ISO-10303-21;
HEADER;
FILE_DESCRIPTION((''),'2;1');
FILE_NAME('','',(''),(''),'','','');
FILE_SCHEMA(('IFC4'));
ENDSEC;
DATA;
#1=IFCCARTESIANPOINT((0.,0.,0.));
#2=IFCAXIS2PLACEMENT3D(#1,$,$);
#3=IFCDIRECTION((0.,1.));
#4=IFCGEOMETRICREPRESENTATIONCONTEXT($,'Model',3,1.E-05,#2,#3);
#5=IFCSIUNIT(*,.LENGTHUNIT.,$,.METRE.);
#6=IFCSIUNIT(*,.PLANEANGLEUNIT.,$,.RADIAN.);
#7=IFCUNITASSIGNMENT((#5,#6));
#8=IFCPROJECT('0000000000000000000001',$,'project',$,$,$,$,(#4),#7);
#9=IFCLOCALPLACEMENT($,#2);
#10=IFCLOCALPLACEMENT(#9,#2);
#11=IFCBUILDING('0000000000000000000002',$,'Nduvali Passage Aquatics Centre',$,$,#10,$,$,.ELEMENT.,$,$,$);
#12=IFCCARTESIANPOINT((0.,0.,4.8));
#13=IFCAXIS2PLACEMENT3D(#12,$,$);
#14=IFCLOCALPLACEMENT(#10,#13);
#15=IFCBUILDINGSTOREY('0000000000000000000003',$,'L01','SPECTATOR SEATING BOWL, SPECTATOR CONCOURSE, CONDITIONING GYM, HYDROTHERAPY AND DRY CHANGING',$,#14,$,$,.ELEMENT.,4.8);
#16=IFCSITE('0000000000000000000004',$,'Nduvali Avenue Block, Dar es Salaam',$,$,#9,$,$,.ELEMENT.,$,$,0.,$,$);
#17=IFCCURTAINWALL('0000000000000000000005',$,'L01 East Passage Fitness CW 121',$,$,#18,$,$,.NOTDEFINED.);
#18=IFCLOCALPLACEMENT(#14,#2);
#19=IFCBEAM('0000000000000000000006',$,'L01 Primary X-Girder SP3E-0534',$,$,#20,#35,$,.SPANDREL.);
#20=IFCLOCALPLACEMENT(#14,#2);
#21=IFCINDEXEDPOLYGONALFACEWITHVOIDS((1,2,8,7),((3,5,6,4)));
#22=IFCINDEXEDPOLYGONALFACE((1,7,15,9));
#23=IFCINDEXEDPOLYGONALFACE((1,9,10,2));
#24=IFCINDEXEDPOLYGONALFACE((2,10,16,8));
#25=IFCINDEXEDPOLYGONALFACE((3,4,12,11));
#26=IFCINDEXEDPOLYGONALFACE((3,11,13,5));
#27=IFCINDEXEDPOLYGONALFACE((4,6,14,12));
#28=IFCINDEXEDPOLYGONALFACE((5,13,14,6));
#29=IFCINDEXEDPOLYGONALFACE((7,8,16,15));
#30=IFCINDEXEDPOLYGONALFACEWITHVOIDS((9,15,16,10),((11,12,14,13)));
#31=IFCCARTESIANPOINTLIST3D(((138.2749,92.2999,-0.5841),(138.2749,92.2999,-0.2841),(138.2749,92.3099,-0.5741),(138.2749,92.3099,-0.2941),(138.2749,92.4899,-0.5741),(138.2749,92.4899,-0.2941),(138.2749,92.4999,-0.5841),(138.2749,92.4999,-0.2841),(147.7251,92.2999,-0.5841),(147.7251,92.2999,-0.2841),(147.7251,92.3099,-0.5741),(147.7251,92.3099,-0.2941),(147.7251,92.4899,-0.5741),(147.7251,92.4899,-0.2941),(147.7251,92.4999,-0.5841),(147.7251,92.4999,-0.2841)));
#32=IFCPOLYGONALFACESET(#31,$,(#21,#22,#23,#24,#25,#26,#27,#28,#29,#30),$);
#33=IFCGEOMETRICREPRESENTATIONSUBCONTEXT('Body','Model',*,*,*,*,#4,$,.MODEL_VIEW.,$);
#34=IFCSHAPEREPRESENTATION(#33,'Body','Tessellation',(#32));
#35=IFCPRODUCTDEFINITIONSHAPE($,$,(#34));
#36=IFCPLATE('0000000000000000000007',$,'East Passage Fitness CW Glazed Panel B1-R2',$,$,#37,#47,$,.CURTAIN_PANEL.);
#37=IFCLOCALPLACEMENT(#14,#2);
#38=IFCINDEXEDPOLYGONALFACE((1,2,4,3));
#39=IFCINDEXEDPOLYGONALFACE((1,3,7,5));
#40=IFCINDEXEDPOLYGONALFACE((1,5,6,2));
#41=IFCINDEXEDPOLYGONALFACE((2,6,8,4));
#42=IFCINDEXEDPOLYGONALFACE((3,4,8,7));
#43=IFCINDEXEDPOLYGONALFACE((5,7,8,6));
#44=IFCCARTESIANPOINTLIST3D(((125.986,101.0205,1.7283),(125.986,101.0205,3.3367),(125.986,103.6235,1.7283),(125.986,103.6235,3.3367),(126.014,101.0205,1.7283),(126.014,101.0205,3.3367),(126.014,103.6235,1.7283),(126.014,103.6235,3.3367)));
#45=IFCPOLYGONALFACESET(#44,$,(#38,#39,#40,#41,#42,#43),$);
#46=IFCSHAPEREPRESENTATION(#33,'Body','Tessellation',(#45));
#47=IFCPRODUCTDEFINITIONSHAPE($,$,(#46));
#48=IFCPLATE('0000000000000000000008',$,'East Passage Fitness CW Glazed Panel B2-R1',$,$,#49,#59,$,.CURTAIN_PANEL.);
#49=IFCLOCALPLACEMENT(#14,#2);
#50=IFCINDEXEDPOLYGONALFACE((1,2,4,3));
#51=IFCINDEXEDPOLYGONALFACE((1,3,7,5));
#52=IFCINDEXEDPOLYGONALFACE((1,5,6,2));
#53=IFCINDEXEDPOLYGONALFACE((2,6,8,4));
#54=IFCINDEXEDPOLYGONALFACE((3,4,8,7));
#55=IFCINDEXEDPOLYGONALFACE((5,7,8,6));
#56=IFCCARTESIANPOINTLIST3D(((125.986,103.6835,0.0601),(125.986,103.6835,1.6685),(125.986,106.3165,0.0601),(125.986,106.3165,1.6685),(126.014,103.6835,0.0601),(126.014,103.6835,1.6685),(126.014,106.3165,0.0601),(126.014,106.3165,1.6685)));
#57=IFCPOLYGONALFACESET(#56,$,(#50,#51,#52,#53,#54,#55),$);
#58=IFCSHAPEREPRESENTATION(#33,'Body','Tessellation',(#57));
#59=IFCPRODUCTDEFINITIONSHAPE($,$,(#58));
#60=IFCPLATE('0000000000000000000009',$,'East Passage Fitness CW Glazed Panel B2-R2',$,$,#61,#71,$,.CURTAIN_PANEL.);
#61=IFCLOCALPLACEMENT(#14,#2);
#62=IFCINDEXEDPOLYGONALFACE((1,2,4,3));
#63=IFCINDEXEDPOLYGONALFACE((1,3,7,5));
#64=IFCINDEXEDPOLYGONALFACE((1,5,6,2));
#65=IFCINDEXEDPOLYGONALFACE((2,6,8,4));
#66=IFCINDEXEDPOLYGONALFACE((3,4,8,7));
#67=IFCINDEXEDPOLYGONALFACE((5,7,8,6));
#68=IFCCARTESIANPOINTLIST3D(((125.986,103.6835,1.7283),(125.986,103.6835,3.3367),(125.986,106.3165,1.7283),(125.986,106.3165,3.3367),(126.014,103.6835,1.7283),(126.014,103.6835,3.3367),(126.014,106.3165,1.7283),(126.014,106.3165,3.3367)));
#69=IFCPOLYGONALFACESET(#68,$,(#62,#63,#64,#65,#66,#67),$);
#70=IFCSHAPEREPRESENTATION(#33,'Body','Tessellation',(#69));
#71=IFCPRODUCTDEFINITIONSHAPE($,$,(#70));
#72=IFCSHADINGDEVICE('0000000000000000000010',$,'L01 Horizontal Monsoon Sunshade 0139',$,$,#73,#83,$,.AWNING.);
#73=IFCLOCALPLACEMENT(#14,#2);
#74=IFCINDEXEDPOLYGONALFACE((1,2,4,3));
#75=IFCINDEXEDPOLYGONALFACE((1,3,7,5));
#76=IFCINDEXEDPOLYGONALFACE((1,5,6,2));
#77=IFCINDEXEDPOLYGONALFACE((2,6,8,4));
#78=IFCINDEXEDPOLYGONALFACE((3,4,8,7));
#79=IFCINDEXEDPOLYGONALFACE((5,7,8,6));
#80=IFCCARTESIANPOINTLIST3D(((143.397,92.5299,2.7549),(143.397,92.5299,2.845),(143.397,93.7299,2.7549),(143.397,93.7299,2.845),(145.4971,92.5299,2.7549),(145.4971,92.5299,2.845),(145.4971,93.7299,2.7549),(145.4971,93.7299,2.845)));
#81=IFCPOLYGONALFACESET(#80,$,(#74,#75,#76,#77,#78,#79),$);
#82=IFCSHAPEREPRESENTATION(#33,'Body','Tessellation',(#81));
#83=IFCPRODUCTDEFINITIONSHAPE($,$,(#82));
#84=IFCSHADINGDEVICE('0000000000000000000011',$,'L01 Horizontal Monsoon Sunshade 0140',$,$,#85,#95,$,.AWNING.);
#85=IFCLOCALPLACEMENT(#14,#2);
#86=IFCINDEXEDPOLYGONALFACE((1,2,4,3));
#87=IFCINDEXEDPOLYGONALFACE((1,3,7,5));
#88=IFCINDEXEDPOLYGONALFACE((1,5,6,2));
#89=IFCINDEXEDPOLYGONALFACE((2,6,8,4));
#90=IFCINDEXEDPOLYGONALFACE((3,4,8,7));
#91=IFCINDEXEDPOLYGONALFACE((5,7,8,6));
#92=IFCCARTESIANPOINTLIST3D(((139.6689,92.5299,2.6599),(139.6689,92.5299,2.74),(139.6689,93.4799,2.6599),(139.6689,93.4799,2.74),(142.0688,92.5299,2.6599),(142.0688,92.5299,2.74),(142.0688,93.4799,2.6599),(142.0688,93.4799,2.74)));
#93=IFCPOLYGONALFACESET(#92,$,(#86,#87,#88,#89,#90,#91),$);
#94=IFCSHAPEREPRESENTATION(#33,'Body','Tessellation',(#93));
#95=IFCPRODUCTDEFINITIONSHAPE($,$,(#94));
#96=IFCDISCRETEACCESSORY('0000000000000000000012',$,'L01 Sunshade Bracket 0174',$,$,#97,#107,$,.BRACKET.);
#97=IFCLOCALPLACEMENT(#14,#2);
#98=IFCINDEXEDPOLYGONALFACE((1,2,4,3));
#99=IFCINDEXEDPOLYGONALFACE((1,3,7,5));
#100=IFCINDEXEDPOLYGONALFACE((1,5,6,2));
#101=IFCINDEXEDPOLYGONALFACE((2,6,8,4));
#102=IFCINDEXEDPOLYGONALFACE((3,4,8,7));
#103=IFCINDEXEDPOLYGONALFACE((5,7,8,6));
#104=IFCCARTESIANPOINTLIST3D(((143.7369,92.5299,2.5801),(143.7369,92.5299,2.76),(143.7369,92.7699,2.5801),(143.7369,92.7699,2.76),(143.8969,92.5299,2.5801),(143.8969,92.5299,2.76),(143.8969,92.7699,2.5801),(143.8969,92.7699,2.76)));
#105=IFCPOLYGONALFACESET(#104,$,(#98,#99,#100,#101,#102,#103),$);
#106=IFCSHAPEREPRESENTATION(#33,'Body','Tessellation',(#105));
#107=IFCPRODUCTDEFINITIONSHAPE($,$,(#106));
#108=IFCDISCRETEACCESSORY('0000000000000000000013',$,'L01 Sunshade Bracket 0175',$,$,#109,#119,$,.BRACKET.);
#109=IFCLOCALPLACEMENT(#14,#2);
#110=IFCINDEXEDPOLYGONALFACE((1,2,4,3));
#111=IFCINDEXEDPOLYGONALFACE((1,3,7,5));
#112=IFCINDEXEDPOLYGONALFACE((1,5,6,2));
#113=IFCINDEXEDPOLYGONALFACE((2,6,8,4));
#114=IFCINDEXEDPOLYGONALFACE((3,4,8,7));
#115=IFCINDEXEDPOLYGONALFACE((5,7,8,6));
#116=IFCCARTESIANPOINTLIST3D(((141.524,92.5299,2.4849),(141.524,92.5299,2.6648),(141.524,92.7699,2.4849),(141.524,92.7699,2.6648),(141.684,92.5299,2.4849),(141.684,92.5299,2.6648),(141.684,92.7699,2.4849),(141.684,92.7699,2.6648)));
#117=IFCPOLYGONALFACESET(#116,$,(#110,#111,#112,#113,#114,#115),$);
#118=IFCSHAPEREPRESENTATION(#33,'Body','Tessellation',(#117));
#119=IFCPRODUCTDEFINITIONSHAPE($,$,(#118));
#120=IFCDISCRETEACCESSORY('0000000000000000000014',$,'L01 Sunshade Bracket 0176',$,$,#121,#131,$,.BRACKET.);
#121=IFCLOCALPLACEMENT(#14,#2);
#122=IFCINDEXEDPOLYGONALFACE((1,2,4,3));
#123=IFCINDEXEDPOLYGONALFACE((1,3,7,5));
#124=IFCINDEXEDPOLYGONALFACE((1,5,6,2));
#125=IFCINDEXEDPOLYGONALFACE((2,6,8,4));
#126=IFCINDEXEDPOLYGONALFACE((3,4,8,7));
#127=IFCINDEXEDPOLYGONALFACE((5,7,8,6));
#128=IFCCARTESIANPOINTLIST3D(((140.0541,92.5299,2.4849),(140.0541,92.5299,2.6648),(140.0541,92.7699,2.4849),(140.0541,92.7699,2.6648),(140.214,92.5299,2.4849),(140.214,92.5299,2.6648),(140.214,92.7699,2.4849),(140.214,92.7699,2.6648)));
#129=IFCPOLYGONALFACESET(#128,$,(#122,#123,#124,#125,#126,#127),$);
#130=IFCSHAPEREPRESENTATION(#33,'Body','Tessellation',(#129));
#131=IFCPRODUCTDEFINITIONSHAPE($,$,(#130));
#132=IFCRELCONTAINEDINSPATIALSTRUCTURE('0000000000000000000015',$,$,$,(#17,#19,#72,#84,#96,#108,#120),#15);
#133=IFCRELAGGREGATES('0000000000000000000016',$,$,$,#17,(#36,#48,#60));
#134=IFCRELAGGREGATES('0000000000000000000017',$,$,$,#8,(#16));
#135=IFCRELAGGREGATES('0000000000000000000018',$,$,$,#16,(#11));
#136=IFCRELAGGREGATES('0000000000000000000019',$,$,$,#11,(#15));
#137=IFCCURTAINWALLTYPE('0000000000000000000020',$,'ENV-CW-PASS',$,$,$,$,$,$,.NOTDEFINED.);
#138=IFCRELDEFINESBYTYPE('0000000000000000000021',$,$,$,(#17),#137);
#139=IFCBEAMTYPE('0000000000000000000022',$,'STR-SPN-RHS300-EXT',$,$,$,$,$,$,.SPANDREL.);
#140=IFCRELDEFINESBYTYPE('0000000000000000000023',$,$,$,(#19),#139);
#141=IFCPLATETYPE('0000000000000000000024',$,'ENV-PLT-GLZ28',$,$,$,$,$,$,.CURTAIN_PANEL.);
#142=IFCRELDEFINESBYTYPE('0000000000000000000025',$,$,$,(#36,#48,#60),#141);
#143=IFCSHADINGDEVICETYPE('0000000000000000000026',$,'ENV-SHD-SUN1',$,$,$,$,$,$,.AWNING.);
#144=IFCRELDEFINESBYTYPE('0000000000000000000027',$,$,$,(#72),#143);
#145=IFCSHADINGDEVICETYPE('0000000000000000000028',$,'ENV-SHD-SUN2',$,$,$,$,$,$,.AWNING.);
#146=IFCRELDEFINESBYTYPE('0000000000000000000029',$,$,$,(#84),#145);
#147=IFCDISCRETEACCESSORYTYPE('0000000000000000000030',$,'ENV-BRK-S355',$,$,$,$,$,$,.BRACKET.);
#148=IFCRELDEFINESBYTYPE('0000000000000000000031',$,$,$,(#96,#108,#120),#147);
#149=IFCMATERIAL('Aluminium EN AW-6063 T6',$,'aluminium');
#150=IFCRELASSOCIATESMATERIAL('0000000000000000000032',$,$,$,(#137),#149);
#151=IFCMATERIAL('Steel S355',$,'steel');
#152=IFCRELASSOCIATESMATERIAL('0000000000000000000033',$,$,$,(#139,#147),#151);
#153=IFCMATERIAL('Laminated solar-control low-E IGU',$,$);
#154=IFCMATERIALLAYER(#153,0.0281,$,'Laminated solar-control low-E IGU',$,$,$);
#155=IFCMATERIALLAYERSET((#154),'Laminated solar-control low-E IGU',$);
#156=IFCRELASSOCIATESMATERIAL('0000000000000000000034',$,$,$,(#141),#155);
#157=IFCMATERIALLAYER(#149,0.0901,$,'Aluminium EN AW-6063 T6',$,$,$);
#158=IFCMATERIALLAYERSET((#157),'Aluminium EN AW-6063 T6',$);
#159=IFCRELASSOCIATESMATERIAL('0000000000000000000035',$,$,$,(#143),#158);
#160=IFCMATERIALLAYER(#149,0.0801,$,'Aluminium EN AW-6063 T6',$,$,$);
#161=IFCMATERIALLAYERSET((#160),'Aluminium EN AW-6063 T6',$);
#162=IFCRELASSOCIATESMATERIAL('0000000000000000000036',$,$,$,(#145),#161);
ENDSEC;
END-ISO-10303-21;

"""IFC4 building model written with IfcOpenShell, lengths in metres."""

from ifc_helpers import new_model, si_unit, direction, frame, origin, origin_2d, place, context, subcontext, project, spatial, rectangle, hollow_rectangle, extrude, material, layer, layer_set, material_profile, profile_set, type_object, element, aggregate, save


model = new_model("IFC4")

# Units and contexts
model_context = context("Model", 3, precision=1e-05, world=origin(), true_north=direction((0.0, 1.0)))
body_context = subcontext(model_context, "Body", "Model", "MODEL_VIEW")
ifc_project = project(units=[si_unit("LENGTHUNIT", "METRE"), si_unit("PLANEANGLEUNIT", "RADIAN")], contexts=[model_context])

# Site, building, storey
site_placement = place(None, origin())
site = spatial("IfcSite", under=ifc_project, at=site_placement, Name="Nduvali Avenue Block, Dar es Salaam", CompositionType="ELEMENT", RefElevation=0.0)
building_placement = place(site_placement, origin())
building = spatial("IfcBuilding", under=site, at=building_placement, Name="Nduvali Passage Aquatics Centre", CompositionType="ELEMENT")
storey_placement = place(building_placement, frame((0.0, 0.0, 4.8)))
storey = spatial("IfcBuildingStorey", under=building, at=storey_placement, Name="L01", Description="SPECTATOR SEATING BOWL, SPECTATOR CONCOURSE, CONDITIONING GYM, HYDROTHERAPY AND DRY CHANGING", CompositionType="ELEMENT", Elevation=4.8)

# Shared definitions
ifc_material_1 = material(Name="Steel S355", Category="steel")

# Curtain wall
ifc_material_2 = material(Name="Aluminium EN AW-6063 T6", Category="aluminium")
curtain_wall_type = type_object("IfcCurtainWallType", Name="ENV-CW-PASS", PredefinedType="NOTDEFINED", material=ifc_material_2)
curtain_wall_placement = place(storey_placement, origin())
curtain_wall = element("IfcCurtainWall", 1, at=curtain_wall_placement, inside=storey, type_object=curtain_wall_type, Name="L01 East Passage Fitness CW 121", PredefinedType="NOTDEFINED")

# Beam
ifc_material_profile_1 = material_profile(ifc_material_1, hollow_rectangle(XDim=0.2, YDim=0.3, WallThickness=0.01, at=origin_2d()), Name="RHS 300x200x10.0")
ifc_profile_set_1 = profile_set([ifc_material_profile_1], Name="Steel S355")
beam_type_1 = type_object("IfcBeamType", Name="STR-SPN-RHS300-EXT", PredefinedType="SPANDREL", material=ifc_profile_set_1)
beam_1_placement = place(storey_placement, frame((138.2749, 92.3999, -0.4341), z_axis=(1.0, 0.0, 0.0), x_axis=(0.0, 1.0, 0.0)))
element("IfcBeam", 2, at=beam_1_placement, inside=storey, type_object=beam_type_1, Name="L01 Primary X-Girder SP3E-0534", PredefinedType="SPANDREL", context=body_context, shape_type="SweptSolid", body=[
    extrude(hollow_rectangle(XDim=0.2, YDim=0.3, WallThickness=0.01, at=origin_2d()), origin(), (0.0, 0.0, 1.0), 9.4502),
])

# Plates
ifc_material_3 = material(Name="Laminated solar-control low-E IGU")
ifc_layer_1 = layer(ifc_material_3, 0.0281, Name="Laminated solar-control low-E IGU")
ifc_layer_set_1 = layer_set([ifc_layer_1], Name="Laminated solar-control low-E IGU")
plate_type = type_object("IfcPlateType", Name="ENV-PLT-GLZ28", PredefinedType="CURTAIN_PANEL", material=ifc_layer_set_1)
plate_1_placement = place(storey_placement, frame((126.0, 102.322, 1.7283), z_axis=(0.0, 0.0, 1.0), x_axis=(0.0, 1.0, 0.0)))
plate_1 = element("IfcPlate", 3, at=plate_1_placement, type_object=plate_type, Name="East Passage Fitness CW Glazed Panel B1-R2", PredefinedType="CURTAIN_PANEL", context=body_context, shape_type="SweptSolid", body=[
    extrude(rectangle(XDim=2.603, YDim=0.0281, at=origin_2d()), origin(), (0.0, 0.0, 1.0), 1.6084),
])
plate_2_placement = place(storey_placement, frame((126.0, 105.0, 0.0601), z_axis=(0.0, 0.0, 1.0), x_axis=(0.0, 1.0, 0.0)))
plate_2 = element("IfcPlate", 4, at=plate_2_placement, type_object=plate_type, Name="East Passage Fitness CW Glazed Panel B2-R1", PredefinedType="CURTAIN_PANEL", context=body_context, shape_type="SweptSolid", body=[
    extrude(rectangle(XDim=2.6331, YDim=0.0281, at=origin_2d()), origin(), (0.0, 0.0, 1.0), 1.6084),
])
plate_3_placement = place(storey_placement, frame((126.0, 105.0, 1.7283), z_axis=(0.0, 0.0, 1.0), x_axis=(0.0, 1.0, 0.0)))
plate_3 = element("IfcPlate", 5, at=plate_3_placement, type_object=plate_type, Name="East Passage Fitness CW Glazed Panel B2-R2", PredefinedType="CURTAIN_PANEL", context=body_context, shape_type="SweptSolid", body=[
    extrude(rectangle(XDim=2.6331, YDim=0.0281, at=origin_2d()), origin(), (0.0, 0.0, 1.0), 1.6084),
])
aggregate(curtain_wall, [plate_1, plate_2, plate_3])

# Shading devices
ifc_layer_2 = layer(ifc_material_2, 0.0901, Name="Aluminium EN AW-6063 T6")
ifc_layer_set_2 = layer_set([ifc_layer_2], Name="Aluminium EN AW-6063 T6")
shading_device_type_1 = type_object("IfcShadingDeviceType", Name="ENV-SHD-SUN1", PredefinedType="AWNING", material=ifc_layer_set_2)
shading_device_1_placement = place(storey_placement, frame((144.447, 93.1299, 2.7549), z_axis=(0.0, 0.0, 1.0), x_axis=(-1.0, 0.0, 0.0)))
element("IfcShadingDevice", 6, at=shading_device_1_placement, inside=storey, type_object=shading_device_type_1, Name="L01 Horizontal Monsoon Sunshade 0139", PredefinedType="AWNING", context=body_context, shape_type="SweptSolid", body=[
    extrude(rectangle(XDim=2.1001, YDim=1.2, at=origin_2d()), origin(), (0.0, 0.0, 1.0), 0.0901),
])
ifc_layer_3 = layer(ifc_material_2, 0.0801, Name="Aluminium EN AW-6063 T6")
ifc_layer_set_3 = layer_set([ifc_layer_3], Name="Aluminium EN AW-6063 T6")
shading_device_type_2 = type_object("IfcShadingDeviceType", Name="ENV-SHD-SUN2", PredefinedType="AWNING", material=ifc_layer_set_3)
shading_device_2_placement = place(storey_placement, frame((140.8689, 93.0049, 2.6599), z_axis=(0.0, 0.0, 1.0), x_axis=(-1.0, 0.0, 0.0)))
element("IfcShadingDevice", 7, at=shading_device_2_placement, inside=storey, type_object=shading_device_type_2, Name="L01 Horizontal Monsoon Sunshade 0140", PredefinedType="AWNING", context=body_context, shape_type="SweptSolid", body=[
    extrude(rectangle(XDim=2.3999, YDim=0.95, at=origin_2d()), origin(), (0.0, 0.0, 1.0), 0.0801),
])

# Discrete accessories
discrete_accessory_type = type_object("IfcDiscreteAccessoryType", Name="ENV-BRK-S355", PredefinedType="BRACKET", material=ifc_material_1)
for number, where, z_axis, x_axis, name in (
    (8, (143.8169, 92.6499, 2.5801), (0.0, 0.0, 1.0), (-1.0, 0.0, 0.0), "L01 Sunshade Bracket 0174"),
    (9, (141.604, 92.6499, 2.4849), (0.0, 0.0, 1.0), (-1.0, 0.0, 0.0), "L01 Sunshade Bracket 0175"),
    (10, (140.134, 92.6499, 2.4849), (0.0, 0.0, 1.0), (-1.0, 0.0, 0.0), "L01 Sunshade Bracket 0176"),
):
    element("IfcDiscreteAccessory", number, at=place(storey_placement, frame(where, z_axis=z_axis, x_axis=x_axis)), inside=storey, type_object=discrete_accessory_type, Name=name, PredefinedType="BRACKET", context=body_context, shape_type="SweptSolid", body=[
        extrude(rectangle(XDim=0.1599, YDim=0.24, at=origin_2d()), origin(), (0.0, 0.0, 1.0), 0.1799),
    ])

save(model, "model.ifc")
